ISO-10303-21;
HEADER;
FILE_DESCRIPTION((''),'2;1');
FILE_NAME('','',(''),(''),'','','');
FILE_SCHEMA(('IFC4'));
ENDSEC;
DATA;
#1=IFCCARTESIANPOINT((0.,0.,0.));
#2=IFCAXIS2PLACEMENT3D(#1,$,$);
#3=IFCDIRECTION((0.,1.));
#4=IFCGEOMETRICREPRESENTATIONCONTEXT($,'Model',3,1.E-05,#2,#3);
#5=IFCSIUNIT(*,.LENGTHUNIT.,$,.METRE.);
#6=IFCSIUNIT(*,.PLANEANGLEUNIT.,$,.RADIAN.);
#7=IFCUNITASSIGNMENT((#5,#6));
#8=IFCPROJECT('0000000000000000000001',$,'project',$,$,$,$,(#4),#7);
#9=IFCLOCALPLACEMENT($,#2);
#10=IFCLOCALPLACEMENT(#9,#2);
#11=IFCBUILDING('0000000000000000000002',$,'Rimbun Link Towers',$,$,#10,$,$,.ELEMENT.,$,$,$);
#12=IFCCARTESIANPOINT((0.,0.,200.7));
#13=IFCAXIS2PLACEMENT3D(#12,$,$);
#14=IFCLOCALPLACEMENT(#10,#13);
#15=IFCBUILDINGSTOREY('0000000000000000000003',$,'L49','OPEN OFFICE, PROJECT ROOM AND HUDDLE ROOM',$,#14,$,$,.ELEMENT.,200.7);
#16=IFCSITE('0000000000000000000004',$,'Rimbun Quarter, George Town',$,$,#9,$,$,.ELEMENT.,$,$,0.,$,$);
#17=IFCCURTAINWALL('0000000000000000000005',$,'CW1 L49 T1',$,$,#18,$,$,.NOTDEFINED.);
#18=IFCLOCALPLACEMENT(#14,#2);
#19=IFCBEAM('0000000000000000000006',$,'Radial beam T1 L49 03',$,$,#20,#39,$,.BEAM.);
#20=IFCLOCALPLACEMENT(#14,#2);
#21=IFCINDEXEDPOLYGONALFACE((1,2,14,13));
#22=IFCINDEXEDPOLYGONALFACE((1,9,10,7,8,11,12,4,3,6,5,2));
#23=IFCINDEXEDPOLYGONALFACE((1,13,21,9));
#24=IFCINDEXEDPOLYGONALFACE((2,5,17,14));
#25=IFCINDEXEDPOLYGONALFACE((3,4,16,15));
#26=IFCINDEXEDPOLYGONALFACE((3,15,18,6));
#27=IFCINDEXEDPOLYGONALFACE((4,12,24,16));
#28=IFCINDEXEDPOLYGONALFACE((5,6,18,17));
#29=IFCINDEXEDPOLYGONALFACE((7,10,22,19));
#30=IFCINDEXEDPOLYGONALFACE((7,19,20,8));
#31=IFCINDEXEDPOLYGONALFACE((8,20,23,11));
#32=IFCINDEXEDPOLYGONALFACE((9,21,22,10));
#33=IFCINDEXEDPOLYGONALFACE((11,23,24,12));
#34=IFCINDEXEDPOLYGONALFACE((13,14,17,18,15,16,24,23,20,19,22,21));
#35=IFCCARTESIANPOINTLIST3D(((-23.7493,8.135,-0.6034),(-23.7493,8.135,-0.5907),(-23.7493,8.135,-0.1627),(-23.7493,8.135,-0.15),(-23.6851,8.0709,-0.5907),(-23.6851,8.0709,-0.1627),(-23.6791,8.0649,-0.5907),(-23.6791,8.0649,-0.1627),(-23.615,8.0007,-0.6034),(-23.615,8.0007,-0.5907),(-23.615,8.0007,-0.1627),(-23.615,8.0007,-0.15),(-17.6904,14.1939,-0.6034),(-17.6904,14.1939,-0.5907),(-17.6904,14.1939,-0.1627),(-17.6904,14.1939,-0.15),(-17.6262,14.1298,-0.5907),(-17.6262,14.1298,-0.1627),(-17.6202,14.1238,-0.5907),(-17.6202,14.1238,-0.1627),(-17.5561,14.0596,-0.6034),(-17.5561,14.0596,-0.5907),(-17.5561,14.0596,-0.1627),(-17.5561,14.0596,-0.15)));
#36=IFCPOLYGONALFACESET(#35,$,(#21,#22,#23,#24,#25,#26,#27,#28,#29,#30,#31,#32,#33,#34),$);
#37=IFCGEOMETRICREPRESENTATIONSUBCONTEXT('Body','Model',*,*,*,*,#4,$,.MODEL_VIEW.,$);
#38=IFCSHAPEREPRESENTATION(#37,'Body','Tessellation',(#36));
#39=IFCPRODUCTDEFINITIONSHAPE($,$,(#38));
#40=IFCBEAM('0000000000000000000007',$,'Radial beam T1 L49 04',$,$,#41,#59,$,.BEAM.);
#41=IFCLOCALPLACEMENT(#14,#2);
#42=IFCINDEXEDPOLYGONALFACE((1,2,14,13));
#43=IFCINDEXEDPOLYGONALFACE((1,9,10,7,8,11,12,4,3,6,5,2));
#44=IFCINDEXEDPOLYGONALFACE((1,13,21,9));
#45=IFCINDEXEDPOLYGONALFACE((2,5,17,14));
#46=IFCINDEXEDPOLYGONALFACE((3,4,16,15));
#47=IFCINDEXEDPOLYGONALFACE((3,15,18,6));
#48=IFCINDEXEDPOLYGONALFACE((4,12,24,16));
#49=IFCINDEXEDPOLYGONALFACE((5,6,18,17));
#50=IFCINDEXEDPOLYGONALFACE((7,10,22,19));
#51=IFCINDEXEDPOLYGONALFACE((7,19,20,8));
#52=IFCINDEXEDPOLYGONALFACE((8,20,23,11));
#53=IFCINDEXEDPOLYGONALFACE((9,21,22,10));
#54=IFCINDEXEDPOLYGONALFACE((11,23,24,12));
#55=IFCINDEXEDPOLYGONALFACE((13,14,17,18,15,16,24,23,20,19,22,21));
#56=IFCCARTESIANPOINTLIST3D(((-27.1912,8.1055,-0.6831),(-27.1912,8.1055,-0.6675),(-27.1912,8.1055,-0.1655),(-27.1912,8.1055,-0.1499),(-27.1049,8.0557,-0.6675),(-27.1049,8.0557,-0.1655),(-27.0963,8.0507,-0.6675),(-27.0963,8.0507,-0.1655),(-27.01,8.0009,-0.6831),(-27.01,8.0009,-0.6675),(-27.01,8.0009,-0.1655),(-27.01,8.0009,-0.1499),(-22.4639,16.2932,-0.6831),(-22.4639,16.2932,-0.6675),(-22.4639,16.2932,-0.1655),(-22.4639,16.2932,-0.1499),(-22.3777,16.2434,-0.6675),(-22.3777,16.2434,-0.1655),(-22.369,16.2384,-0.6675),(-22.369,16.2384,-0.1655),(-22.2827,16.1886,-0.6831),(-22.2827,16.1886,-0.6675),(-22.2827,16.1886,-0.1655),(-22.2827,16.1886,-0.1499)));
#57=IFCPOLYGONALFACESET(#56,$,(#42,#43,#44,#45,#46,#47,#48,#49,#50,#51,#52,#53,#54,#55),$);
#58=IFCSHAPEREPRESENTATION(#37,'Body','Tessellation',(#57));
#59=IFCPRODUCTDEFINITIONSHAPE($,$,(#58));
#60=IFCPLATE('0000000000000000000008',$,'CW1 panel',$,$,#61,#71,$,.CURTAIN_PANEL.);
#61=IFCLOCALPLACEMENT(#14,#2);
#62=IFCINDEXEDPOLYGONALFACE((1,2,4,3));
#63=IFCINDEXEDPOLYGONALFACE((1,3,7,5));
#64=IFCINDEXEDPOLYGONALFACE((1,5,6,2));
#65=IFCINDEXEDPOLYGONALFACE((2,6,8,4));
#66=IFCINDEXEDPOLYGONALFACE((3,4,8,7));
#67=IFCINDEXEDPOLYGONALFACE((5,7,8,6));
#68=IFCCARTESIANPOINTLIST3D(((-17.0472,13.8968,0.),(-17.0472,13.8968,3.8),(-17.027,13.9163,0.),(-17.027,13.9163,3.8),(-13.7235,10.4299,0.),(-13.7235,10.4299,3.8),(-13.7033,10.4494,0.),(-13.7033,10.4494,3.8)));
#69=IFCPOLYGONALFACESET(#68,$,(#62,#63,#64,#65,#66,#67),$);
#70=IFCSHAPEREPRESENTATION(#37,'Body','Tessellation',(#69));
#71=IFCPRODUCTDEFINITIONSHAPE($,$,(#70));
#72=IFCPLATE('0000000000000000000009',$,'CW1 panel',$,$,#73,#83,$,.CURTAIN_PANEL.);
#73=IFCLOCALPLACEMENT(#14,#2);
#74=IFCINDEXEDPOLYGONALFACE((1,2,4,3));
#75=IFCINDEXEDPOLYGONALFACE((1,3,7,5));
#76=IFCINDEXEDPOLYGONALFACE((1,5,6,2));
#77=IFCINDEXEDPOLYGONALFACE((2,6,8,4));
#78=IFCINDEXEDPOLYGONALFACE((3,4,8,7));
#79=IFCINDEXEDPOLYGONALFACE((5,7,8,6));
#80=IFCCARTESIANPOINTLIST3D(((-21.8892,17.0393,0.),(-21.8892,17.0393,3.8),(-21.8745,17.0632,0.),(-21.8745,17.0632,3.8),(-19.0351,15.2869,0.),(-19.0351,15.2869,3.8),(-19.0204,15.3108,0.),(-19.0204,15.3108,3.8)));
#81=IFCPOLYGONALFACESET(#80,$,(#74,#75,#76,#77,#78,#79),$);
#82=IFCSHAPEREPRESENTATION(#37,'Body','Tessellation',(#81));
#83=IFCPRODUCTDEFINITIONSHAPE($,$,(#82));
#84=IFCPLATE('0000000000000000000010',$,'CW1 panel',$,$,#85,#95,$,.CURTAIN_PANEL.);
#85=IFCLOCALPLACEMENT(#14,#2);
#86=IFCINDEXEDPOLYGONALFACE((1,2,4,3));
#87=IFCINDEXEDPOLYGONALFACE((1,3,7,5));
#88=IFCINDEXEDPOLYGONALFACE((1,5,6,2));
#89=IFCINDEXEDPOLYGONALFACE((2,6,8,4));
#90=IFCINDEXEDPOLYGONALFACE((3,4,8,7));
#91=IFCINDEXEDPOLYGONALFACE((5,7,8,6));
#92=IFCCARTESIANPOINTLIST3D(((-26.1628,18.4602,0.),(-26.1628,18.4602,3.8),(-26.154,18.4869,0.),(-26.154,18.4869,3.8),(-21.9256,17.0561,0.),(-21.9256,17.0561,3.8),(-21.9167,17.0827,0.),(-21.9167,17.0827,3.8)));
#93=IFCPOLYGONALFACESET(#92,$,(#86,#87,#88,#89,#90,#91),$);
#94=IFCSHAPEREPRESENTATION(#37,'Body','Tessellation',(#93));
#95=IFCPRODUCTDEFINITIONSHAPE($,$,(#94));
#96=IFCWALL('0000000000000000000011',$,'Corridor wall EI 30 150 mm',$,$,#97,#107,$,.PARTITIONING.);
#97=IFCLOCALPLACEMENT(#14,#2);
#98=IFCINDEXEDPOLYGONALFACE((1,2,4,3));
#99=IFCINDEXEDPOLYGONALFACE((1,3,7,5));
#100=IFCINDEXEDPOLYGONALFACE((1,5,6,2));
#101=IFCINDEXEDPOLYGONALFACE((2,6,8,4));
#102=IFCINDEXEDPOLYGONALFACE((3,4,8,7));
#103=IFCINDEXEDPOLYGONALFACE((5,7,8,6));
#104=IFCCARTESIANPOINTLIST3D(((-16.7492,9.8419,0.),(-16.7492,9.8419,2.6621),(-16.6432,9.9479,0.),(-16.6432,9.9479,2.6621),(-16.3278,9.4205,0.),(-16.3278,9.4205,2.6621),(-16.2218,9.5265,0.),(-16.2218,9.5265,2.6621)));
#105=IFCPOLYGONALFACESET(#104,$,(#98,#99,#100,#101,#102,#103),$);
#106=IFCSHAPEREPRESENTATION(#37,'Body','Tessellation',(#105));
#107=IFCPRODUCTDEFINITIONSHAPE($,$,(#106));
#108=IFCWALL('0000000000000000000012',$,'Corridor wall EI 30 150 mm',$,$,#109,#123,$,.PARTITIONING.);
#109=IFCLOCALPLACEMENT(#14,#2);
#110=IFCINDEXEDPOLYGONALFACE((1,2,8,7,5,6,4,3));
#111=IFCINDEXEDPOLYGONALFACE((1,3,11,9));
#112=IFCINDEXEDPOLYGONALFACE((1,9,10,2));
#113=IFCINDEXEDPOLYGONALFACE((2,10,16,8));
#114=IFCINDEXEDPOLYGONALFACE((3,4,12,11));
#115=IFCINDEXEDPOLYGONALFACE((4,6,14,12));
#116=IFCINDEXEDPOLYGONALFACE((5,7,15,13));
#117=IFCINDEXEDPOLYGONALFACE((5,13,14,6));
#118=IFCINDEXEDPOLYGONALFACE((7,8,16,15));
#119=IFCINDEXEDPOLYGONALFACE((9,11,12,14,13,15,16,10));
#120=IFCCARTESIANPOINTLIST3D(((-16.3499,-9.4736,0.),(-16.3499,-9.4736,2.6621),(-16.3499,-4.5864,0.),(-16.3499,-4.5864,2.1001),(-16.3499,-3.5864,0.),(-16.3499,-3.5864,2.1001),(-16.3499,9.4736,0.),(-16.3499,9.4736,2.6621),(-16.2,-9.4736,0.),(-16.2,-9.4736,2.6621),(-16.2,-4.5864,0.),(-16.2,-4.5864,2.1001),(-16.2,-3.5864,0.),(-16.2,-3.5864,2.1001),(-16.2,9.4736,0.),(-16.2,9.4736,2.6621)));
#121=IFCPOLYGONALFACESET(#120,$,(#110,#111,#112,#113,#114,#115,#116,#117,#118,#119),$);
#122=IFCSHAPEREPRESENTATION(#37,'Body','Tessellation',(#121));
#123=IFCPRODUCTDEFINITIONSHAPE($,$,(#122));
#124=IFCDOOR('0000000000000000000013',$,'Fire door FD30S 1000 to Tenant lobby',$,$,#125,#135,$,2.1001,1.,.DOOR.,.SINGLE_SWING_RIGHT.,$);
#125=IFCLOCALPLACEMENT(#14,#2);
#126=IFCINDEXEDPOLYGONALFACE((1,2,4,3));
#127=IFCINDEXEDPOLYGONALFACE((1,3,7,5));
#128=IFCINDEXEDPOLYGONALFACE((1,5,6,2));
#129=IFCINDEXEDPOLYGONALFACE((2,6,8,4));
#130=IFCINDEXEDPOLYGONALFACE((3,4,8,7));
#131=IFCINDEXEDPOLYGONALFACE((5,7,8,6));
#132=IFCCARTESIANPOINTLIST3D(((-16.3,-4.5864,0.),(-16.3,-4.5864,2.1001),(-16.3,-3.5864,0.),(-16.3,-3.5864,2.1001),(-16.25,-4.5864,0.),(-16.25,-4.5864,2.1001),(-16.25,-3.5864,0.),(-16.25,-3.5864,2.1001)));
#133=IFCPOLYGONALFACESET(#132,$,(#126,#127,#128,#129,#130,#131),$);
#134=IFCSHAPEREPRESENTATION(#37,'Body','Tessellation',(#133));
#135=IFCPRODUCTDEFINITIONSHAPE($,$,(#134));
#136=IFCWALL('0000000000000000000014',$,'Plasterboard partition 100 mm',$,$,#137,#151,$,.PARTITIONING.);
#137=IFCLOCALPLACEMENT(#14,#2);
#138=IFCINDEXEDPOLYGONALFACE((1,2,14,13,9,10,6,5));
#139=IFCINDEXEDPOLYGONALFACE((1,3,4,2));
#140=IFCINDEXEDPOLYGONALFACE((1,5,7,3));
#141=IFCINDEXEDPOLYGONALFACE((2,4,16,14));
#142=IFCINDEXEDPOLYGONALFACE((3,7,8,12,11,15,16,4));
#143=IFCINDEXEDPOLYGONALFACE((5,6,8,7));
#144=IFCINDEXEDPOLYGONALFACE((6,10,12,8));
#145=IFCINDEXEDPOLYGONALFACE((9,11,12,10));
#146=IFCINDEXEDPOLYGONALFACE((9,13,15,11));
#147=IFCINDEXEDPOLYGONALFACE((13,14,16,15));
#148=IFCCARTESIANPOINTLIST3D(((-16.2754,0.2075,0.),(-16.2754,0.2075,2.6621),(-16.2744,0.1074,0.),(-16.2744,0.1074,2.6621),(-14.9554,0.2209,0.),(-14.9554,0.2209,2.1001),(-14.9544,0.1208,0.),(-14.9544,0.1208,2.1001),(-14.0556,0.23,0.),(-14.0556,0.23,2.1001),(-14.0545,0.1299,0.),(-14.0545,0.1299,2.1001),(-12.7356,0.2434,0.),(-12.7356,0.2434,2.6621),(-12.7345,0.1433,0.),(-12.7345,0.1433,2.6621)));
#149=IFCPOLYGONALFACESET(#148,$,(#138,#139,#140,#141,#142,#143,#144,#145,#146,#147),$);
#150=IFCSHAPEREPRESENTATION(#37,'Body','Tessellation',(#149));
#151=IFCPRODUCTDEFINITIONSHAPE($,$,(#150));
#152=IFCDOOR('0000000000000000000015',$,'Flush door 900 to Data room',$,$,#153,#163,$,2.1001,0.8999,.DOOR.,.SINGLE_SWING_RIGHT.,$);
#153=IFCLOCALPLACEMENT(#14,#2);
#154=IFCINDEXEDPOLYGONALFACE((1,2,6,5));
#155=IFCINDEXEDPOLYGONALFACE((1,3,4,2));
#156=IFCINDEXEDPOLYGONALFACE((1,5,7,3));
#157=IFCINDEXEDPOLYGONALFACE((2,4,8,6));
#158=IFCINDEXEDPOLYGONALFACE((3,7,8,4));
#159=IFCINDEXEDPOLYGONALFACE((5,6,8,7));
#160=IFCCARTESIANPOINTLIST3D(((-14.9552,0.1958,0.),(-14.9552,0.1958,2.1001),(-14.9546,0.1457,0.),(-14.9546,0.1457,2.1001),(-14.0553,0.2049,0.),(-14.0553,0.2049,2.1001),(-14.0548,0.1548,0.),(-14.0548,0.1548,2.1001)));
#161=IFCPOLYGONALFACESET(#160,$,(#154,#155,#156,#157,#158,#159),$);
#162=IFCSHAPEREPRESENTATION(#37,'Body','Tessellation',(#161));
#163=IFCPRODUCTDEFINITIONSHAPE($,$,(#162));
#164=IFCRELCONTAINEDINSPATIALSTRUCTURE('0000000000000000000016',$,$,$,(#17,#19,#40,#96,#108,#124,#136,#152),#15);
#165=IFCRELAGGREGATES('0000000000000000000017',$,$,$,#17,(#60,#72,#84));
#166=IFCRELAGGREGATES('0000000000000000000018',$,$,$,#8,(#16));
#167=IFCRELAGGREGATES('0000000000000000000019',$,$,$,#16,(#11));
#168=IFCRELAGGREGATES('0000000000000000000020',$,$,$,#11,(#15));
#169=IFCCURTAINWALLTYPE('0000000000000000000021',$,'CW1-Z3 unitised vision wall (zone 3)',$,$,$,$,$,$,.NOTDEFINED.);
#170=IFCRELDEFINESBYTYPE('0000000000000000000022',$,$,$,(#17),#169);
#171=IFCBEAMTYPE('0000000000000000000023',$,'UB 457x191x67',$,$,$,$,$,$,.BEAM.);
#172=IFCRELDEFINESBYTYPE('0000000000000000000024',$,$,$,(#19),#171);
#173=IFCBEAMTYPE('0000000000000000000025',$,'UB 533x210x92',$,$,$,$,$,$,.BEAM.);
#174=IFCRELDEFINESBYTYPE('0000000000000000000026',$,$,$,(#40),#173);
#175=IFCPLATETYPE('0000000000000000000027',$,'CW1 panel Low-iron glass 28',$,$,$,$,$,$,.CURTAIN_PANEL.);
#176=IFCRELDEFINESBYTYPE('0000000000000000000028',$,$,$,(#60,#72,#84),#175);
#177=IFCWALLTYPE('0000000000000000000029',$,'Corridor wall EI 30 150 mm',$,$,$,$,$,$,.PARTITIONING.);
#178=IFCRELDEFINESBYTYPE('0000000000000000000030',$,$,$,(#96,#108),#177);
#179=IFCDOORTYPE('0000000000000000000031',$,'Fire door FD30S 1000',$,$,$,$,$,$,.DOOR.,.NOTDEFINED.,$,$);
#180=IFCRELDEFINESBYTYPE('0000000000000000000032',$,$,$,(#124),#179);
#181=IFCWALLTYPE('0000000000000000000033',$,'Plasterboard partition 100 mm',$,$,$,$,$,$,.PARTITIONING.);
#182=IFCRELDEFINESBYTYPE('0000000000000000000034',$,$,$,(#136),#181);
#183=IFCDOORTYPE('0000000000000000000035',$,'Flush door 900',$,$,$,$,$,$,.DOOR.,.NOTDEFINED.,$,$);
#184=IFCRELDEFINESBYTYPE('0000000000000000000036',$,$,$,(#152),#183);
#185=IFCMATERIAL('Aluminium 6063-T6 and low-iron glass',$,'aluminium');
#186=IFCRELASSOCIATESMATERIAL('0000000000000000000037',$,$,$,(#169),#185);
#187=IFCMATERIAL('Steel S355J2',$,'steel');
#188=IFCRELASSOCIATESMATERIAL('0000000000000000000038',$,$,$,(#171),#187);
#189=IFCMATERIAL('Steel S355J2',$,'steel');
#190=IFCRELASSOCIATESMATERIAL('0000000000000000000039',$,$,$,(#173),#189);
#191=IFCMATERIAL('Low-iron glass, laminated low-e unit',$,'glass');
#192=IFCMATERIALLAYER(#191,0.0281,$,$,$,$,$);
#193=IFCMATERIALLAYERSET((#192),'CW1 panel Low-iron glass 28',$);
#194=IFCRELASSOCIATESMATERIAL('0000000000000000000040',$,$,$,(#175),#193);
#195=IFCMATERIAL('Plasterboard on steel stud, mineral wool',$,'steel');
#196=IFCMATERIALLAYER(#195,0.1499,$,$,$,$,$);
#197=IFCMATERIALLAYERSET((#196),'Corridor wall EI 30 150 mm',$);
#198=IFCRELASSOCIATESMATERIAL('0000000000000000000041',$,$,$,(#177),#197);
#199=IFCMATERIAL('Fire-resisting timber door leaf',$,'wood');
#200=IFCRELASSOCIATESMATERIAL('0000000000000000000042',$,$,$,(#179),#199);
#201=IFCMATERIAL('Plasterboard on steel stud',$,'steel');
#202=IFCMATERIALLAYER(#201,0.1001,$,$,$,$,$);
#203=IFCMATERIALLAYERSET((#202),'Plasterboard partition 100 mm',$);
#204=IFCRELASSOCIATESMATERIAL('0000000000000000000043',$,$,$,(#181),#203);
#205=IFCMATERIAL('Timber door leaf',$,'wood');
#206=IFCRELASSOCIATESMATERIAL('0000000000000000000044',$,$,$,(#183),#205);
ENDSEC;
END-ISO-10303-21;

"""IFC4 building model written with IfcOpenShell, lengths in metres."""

from ifc_helpers import new_model, si_unit, direction, frame, frame_2d, origin, origin_2d, place, context, subcontext, project, spatial, rectangle, i_section, extrude, material, layer, layer_set, material_profile, profile_set, type_object, element, fill, aggregate, save


model = new_model("IFC4")

# Units and contexts
model_context = context("Model", 3, precision=1e-05, world=origin(), true_north=direction((0.0, 1.0)))
body_context = subcontext(model_context, "Body", "Model", "MODEL_VIEW")
ifc_project = project(units=[si_unit("LENGTHUNIT", "METRE"), si_unit("PLANEANGLEUNIT", "RADIAN")], contexts=[model_context])

# Site, building, storey
site_placement = place(None, origin())
site = spatial("IfcSite", under=ifc_project, at=site_placement, Name="Rimbun Quarter, George Town", CompositionType="ELEMENT", RefElevation=0.0)
building_placement = place(site_placement, origin())
building = spatial("IfcBuilding", under=site, at=building_placement, Name="Rimbun Link Towers", CompositionType="ELEMENT")
storey_placement = place(building_placement, frame((0.0, 0.0, 200.7)))
storey = spatial("IfcBuildingStorey", under=building, at=storey_placement, Name="L49", Description="OPEN OFFICE, PROJECT ROOM AND HUDDLE ROOM", CompositionType="ELEMENT", Elevation=200.7)

# Curtain wall
ifc_material_1 = material(Name="Aluminium 6063-T6 and low-iron glass", Category="aluminium")
curtain_wall_type = type_object("IfcCurtainWallType", Name="CW1-Z3 unitised vision wall (zone 3)", PredefinedType="NOTDEFINED", material=ifc_material_1)
curtain_wall_placement = place(storey_placement, origin())
curtain_wall = element("IfcCurtainWall", 1, at=curtain_wall_placement, inside=storey, type_object=curtain_wall_type, Name="CW1 L49 T1", PredefinedType="NOTDEFINED")

# Beams
ifc_material_2 = material(Name="Steel S355J2", Category="steel")
ifc_material_profile_1 = material_profile(ifc_material_2, i_section(OverallWidth=0.1899, OverallDepth=0.4534, WebThickness=0.0085, FlangeThickness=0.0127, at=origin_2d()), Name="UB 457x191x67")
ifc_profile_set_1 = profile_set([ifc_material_profile_1], Name="Steel S355J2")
beam_type_1 = type_object("IfcBeamType", Name="UB 457x191x67", PredefinedType="BEAM", material=ifc_profile_set_1)
beam_1_placement = place(storey_placement, frame((-23.6821, 8.0679, -0.3767), z_axis=(0.707107, 0.707107, 0.0), x_axis=(-0.707107, 0.707107, 0.0)))
element("IfcBeam", 2, at=beam_1_placement, inside=storey, type_object=beam_type_1, Name="Radial beam T1 L49 03", PredefinedType="BEAM", context=body_context, shape_type="SweptSolid", body=[
    extrude(i_section(OverallWidth=0.1899, OverallDepth=0.4534, WebThickness=0.0085, FlangeThickness=0.0127, at=origin_2d()), origin(), (0.0, 0.0, 1.0), 8.5686),
])
ifc_material_3 = material(Name="Steel S355J2", Category="steel")
ifc_material_profile_2 = material_profile(ifc_material_3, i_section(OverallWidth=0.2092, OverallDepth=0.5332, WebThickness=0.01, FlangeThickness=0.0156, at=origin_2d()), Name="UB 533x210x92")
ifc_profile_set_2 = profile_set([ifc_material_profile_2], Name="Steel S355J2")
beam_type_2 = type_object("IfcBeamType", Name="UB 533x210x92", PredefinedType="BEAM", material=ifc_profile_set_2)
beam_2_placement = place(storey_placement, frame((-27.1006, 8.0532, -0.4165), z_axis=(0.500008, 0.866021, 0.0), x_axis=(-0.866021, 0.500008, 0.0)))
element("IfcBeam", 3, at=beam_2_placement, inside=storey, type_object=beam_type_2, Name="Radial beam T1 L49 04", PredefinedType="BEAM", context=body_context, shape_type="SweptSolid", body=[
    extrude(i_section(OverallWidth=0.2092, OverallDepth=0.5332, WebThickness=0.01, FlangeThickness=0.0156, at=origin_2d()), origin(), (0.0, 0.0, 1.0), 9.4543),
])

# Plates
ifc_material_4 = material(Name="Low-iron glass, laminated low-e unit", Category="glass")
ifc_layer_1 = layer(ifc_material_4, 0.0281)
ifc_layer_set_1 = layer_set([ifc_layer_1], Name="CW1 panel Low-iron glass 28")
plate_type = type_object("IfcPlateType", Name="CW1 panel Low-iron glass 28", PredefinedType="CURTAIN_PANEL", material=ifc_layer_set_1)
plate_1_placement = place(storey_placement, frame((-15.3752, 12.1731, 0.0), z_axis=(0.0, 0.0, 1.0), x_axis=(0.692041, -0.721859, 0.0)))
plate_1 = element("IfcPlate", 4, at=plate_1_placement, type_object=plate_type, Name="CW1 panel", PredefinedType="CURTAIN_PANEL", context=body_context, shape_type="SweptSolid", body=[
    extrude(rectangle(XDim=4.8027, YDim=0.0281, at=origin_2d()), origin(), (0.0, 0.0, 1.0), 3.8),
])
plate_2_placement = place(storey_placement, frame((-20.4548, 16.175, 0.0), z_axis=(0.0, 0.0, 1.0), x_axis=(0.852192, -0.523229, 0.0)))
plate_2 = element("IfcPlate", 5, at=plate_2_placement, type_object=plate_type, Name="CW1 panel", PredefinedType="CURTAIN_PANEL", context=body_context, shape_type="SweptSolid", body=[
    extrude(rectangle(XDim=3.3491, YDim=0.0281, at=origin_2d()), origin(), (0.0, 0.0, 1.0), 3.8),
])
plate_3_placement = place(storey_placement, frame((-24.0398, 17.7715, 0.0), z_axis=(0.0, 0.0, 1.0), x_axis=(0.949238, -0.314558, 0.0)))
plate_3 = element("IfcPlate", 6, at=plate_3_placement, type_object=plate_type, Name="CW1 panel", PredefinedType="CURTAIN_PANEL", context=body_context, shape_type="SweptSolid", body=[
    extrude(rectangle(XDim=4.4639, YDim=0.0281, at=origin_2d()), origin(), (0.0, 0.0, 1.0), 3.8),
])
aggregate(curtain_wall, [plate_1, plate_2, plate_3])

# Wall
ifc_material_5 = material(Name="Plasterboard on steel stud, mineral wool", Category="steel")
ifc_layer_2 = layer(ifc_material_5, 0.1499)
ifc_layer_set_2 = layer_set([ifc_layer_2], Name="Corridor wall EI 30 150 mm")
wall_type_1 = type_object("IfcWallType", Name="Corridor wall EI 30 150 mm", PredefinedType="PARTITIONING", material=ifc_layer_set_2)
wall_1_placement = place(storey_placement, frame((-16.2749, 9.4736, 0.0), z_axis=(0.0, 0.0, 1.0), x_axis=(-0.707107, 0.707107, 0.0)))
element("IfcWall", 7, at=wall_1_placement, inside=storey, type_object=wall_type_1, Name="Corridor wall EI 30 150 mm", PredefinedType="PARTITIONING", context=body_context, shape_type="SweptSolid", body=[
    extrude(rectangle(XDim=0.5959, YDim=0.1499, at=frame_2d((0.2979, 0.0))), origin(), (0.0, 0.0, 1.0), 2.6621),
])

# Walls, openings, doors
wall_2_placement = place(storey_placement, frame((-16.2749, 9.4736, 0.0), z_axis=(0.0, 0.0, 1.0), x_axis=(0.0, -1.0, 0.0)))
wall_2 = element("IfcWall", 8, at=wall_2_placement, inside=storey, type_object=wall_type_1, Name="Corridor wall EI 30 150 mm", PredefinedType="PARTITIONING", context=body_context, shape_type="SweptSolid", body=[
    extrude(rectangle(XDim=18.9473, YDim=0.1499, at=frame_2d((9.4736, 0.0))), origin(), (0.0, 0.0, 1.0), 2.6621),
])
opening_1_placement = place(wall_2_placement, frame((13.0601, 0.0, 0.0)))
opening_1 = element("IfcOpeningElement", 9, at=opening_1_placement, cuts=wall_2, PredefinedType="OPENING", context=body_context, shape_type="SweptSolid", body=[
    extrude(rectangle(XDim=1.0, YDim=2.1001, at=frame_2d((0.5, 1.05))), frame((0.0, 0.085, 0.0), z_axis=(0.0, -1.0, 0.0), x_axis=(1.0, 0.0, 0.0)), (0.0, 0.0, 1.0), 0.1699),
])
ifc_material_6 = material(Name="Fire-resisting timber door leaf", Category="wood")
door_type_1 = type_object("IfcDoorType", Name="Fire door FD30S 1000", OperationType="NOTDEFINED", PredefinedType="DOOR", material=ifc_material_6)
door_1_placement = place(opening_1_placement, origin())
door_1 = element("IfcDoor", 10, at=door_1_placement, inside=storey, type_object=door_type_1, Name="Fire door FD30S 1000 to Tenant lobby", OperationType="SINGLE_SWING_RIGHT", OverallHeight=2.1001, OverallWidth=1.0, PredefinedType="DOOR", context=body_context, shape_type="SweptSolid", body=[
    extrude(rectangle(XDim=1.0, YDim=2.1001, at=frame_2d((0.5, 1.05))), frame((0.0, 0.0249, 0.0), z_axis=(0.0, -1.0, 0.0), x_axis=(1.0, 0.0, 0.0)), (0.0, 0.0, 1.0), 0.05),
])
fill(opening_1, door_1)
ifc_material_7 = material(Name="Plasterboard on steel stud", Category="steel")
ifc_layer_3 = layer(ifc_material_7, 0.1001)
ifc_layer_set_3 = layer_set([ifc_layer_3], Name="Plasterboard partition 100 mm")
wall_type_2 = type_object("IfcWallType", Name="Plasterboard partition 100 mm", PredefinedType="PARTITIONING", material=ifc_layer_set_3)
wall_3_placement = place(storey_placement, frame((-16.2749, 0.1575, 0.0), z_axis=(0.0, 0.0, 1.0), x_axis=(0.999949, 0.010138, 0.0)))
wall_3 = element("IfcWall", 11, at=wall_3_placement, inside=storey, type_object=wall_type_2, Name="Plasterboard partition 100 mm", PredefinedType="PARTITIONING", context=body_context, shape_type="SweptSolid", body=[
    extrude(rectangle(XDim=3.54, YDim=0.1001, at=frame_2d((1.77, 0.0))), origin(), (0.0, 0.0, 1.0), 2.6621),
])
opening_2_placement = place(wall_3_placement, frame((1.3201, 0.0, 0.0)))
opening_2 = element("IfcOpeningElement", 12, at=opening_2_placement, cuts=wall_3, PredefinedType="OPENING", context=body_context, shape_type="SweptSolid", body=[
    extrude(rectangle(XDim=0.8999, YDim=2.1001, at=frame_2d((0.45, 1.05))), frame((0.0, 0.0601, 0.0), z_axis=(0.0, -1.0, 0.0), x_axis=(1.0, 0.0, 0.0)), (0.0, 0.0, 1.0), 0.1201),
])
ifc_material_8 = material(Name="Timber door leaf", Category="wood")
door_type_2 = type_object("IfcDoorType", Name="Flush door 900", OperationType="NOTDEFINED", PredefinedType="DOOR", material=ifc_material_8)
door_2_placement = place(opening_2_placement, origin())
door_2 = element("IfcDoor", 13, at=door_2_placement, inside=storey, type_object=door_type_2, Name="Flush door 900 to Data room", OperationType="SINGLE_SWING_RIGHT", OverallHeight=2.1001, OverallWidth=0.8999, PredefinedType="DOOR", context=body_context, shape_type="SweptSolid", body=[
    extrude(rectangle(XDim=0.8999, YDim=2.1001, at=frame_2d((0.45, 1.05))), frame((0.0, 0.0249, 0.0), z_axis=(0.0, -1.0, 0.0), x_axis=(1.0, 0.0, 0.0)), (0.0, 0.0, 1.0), 0.05),
])
fill(opening_2, door_2)

save(model, "model.ifc")
